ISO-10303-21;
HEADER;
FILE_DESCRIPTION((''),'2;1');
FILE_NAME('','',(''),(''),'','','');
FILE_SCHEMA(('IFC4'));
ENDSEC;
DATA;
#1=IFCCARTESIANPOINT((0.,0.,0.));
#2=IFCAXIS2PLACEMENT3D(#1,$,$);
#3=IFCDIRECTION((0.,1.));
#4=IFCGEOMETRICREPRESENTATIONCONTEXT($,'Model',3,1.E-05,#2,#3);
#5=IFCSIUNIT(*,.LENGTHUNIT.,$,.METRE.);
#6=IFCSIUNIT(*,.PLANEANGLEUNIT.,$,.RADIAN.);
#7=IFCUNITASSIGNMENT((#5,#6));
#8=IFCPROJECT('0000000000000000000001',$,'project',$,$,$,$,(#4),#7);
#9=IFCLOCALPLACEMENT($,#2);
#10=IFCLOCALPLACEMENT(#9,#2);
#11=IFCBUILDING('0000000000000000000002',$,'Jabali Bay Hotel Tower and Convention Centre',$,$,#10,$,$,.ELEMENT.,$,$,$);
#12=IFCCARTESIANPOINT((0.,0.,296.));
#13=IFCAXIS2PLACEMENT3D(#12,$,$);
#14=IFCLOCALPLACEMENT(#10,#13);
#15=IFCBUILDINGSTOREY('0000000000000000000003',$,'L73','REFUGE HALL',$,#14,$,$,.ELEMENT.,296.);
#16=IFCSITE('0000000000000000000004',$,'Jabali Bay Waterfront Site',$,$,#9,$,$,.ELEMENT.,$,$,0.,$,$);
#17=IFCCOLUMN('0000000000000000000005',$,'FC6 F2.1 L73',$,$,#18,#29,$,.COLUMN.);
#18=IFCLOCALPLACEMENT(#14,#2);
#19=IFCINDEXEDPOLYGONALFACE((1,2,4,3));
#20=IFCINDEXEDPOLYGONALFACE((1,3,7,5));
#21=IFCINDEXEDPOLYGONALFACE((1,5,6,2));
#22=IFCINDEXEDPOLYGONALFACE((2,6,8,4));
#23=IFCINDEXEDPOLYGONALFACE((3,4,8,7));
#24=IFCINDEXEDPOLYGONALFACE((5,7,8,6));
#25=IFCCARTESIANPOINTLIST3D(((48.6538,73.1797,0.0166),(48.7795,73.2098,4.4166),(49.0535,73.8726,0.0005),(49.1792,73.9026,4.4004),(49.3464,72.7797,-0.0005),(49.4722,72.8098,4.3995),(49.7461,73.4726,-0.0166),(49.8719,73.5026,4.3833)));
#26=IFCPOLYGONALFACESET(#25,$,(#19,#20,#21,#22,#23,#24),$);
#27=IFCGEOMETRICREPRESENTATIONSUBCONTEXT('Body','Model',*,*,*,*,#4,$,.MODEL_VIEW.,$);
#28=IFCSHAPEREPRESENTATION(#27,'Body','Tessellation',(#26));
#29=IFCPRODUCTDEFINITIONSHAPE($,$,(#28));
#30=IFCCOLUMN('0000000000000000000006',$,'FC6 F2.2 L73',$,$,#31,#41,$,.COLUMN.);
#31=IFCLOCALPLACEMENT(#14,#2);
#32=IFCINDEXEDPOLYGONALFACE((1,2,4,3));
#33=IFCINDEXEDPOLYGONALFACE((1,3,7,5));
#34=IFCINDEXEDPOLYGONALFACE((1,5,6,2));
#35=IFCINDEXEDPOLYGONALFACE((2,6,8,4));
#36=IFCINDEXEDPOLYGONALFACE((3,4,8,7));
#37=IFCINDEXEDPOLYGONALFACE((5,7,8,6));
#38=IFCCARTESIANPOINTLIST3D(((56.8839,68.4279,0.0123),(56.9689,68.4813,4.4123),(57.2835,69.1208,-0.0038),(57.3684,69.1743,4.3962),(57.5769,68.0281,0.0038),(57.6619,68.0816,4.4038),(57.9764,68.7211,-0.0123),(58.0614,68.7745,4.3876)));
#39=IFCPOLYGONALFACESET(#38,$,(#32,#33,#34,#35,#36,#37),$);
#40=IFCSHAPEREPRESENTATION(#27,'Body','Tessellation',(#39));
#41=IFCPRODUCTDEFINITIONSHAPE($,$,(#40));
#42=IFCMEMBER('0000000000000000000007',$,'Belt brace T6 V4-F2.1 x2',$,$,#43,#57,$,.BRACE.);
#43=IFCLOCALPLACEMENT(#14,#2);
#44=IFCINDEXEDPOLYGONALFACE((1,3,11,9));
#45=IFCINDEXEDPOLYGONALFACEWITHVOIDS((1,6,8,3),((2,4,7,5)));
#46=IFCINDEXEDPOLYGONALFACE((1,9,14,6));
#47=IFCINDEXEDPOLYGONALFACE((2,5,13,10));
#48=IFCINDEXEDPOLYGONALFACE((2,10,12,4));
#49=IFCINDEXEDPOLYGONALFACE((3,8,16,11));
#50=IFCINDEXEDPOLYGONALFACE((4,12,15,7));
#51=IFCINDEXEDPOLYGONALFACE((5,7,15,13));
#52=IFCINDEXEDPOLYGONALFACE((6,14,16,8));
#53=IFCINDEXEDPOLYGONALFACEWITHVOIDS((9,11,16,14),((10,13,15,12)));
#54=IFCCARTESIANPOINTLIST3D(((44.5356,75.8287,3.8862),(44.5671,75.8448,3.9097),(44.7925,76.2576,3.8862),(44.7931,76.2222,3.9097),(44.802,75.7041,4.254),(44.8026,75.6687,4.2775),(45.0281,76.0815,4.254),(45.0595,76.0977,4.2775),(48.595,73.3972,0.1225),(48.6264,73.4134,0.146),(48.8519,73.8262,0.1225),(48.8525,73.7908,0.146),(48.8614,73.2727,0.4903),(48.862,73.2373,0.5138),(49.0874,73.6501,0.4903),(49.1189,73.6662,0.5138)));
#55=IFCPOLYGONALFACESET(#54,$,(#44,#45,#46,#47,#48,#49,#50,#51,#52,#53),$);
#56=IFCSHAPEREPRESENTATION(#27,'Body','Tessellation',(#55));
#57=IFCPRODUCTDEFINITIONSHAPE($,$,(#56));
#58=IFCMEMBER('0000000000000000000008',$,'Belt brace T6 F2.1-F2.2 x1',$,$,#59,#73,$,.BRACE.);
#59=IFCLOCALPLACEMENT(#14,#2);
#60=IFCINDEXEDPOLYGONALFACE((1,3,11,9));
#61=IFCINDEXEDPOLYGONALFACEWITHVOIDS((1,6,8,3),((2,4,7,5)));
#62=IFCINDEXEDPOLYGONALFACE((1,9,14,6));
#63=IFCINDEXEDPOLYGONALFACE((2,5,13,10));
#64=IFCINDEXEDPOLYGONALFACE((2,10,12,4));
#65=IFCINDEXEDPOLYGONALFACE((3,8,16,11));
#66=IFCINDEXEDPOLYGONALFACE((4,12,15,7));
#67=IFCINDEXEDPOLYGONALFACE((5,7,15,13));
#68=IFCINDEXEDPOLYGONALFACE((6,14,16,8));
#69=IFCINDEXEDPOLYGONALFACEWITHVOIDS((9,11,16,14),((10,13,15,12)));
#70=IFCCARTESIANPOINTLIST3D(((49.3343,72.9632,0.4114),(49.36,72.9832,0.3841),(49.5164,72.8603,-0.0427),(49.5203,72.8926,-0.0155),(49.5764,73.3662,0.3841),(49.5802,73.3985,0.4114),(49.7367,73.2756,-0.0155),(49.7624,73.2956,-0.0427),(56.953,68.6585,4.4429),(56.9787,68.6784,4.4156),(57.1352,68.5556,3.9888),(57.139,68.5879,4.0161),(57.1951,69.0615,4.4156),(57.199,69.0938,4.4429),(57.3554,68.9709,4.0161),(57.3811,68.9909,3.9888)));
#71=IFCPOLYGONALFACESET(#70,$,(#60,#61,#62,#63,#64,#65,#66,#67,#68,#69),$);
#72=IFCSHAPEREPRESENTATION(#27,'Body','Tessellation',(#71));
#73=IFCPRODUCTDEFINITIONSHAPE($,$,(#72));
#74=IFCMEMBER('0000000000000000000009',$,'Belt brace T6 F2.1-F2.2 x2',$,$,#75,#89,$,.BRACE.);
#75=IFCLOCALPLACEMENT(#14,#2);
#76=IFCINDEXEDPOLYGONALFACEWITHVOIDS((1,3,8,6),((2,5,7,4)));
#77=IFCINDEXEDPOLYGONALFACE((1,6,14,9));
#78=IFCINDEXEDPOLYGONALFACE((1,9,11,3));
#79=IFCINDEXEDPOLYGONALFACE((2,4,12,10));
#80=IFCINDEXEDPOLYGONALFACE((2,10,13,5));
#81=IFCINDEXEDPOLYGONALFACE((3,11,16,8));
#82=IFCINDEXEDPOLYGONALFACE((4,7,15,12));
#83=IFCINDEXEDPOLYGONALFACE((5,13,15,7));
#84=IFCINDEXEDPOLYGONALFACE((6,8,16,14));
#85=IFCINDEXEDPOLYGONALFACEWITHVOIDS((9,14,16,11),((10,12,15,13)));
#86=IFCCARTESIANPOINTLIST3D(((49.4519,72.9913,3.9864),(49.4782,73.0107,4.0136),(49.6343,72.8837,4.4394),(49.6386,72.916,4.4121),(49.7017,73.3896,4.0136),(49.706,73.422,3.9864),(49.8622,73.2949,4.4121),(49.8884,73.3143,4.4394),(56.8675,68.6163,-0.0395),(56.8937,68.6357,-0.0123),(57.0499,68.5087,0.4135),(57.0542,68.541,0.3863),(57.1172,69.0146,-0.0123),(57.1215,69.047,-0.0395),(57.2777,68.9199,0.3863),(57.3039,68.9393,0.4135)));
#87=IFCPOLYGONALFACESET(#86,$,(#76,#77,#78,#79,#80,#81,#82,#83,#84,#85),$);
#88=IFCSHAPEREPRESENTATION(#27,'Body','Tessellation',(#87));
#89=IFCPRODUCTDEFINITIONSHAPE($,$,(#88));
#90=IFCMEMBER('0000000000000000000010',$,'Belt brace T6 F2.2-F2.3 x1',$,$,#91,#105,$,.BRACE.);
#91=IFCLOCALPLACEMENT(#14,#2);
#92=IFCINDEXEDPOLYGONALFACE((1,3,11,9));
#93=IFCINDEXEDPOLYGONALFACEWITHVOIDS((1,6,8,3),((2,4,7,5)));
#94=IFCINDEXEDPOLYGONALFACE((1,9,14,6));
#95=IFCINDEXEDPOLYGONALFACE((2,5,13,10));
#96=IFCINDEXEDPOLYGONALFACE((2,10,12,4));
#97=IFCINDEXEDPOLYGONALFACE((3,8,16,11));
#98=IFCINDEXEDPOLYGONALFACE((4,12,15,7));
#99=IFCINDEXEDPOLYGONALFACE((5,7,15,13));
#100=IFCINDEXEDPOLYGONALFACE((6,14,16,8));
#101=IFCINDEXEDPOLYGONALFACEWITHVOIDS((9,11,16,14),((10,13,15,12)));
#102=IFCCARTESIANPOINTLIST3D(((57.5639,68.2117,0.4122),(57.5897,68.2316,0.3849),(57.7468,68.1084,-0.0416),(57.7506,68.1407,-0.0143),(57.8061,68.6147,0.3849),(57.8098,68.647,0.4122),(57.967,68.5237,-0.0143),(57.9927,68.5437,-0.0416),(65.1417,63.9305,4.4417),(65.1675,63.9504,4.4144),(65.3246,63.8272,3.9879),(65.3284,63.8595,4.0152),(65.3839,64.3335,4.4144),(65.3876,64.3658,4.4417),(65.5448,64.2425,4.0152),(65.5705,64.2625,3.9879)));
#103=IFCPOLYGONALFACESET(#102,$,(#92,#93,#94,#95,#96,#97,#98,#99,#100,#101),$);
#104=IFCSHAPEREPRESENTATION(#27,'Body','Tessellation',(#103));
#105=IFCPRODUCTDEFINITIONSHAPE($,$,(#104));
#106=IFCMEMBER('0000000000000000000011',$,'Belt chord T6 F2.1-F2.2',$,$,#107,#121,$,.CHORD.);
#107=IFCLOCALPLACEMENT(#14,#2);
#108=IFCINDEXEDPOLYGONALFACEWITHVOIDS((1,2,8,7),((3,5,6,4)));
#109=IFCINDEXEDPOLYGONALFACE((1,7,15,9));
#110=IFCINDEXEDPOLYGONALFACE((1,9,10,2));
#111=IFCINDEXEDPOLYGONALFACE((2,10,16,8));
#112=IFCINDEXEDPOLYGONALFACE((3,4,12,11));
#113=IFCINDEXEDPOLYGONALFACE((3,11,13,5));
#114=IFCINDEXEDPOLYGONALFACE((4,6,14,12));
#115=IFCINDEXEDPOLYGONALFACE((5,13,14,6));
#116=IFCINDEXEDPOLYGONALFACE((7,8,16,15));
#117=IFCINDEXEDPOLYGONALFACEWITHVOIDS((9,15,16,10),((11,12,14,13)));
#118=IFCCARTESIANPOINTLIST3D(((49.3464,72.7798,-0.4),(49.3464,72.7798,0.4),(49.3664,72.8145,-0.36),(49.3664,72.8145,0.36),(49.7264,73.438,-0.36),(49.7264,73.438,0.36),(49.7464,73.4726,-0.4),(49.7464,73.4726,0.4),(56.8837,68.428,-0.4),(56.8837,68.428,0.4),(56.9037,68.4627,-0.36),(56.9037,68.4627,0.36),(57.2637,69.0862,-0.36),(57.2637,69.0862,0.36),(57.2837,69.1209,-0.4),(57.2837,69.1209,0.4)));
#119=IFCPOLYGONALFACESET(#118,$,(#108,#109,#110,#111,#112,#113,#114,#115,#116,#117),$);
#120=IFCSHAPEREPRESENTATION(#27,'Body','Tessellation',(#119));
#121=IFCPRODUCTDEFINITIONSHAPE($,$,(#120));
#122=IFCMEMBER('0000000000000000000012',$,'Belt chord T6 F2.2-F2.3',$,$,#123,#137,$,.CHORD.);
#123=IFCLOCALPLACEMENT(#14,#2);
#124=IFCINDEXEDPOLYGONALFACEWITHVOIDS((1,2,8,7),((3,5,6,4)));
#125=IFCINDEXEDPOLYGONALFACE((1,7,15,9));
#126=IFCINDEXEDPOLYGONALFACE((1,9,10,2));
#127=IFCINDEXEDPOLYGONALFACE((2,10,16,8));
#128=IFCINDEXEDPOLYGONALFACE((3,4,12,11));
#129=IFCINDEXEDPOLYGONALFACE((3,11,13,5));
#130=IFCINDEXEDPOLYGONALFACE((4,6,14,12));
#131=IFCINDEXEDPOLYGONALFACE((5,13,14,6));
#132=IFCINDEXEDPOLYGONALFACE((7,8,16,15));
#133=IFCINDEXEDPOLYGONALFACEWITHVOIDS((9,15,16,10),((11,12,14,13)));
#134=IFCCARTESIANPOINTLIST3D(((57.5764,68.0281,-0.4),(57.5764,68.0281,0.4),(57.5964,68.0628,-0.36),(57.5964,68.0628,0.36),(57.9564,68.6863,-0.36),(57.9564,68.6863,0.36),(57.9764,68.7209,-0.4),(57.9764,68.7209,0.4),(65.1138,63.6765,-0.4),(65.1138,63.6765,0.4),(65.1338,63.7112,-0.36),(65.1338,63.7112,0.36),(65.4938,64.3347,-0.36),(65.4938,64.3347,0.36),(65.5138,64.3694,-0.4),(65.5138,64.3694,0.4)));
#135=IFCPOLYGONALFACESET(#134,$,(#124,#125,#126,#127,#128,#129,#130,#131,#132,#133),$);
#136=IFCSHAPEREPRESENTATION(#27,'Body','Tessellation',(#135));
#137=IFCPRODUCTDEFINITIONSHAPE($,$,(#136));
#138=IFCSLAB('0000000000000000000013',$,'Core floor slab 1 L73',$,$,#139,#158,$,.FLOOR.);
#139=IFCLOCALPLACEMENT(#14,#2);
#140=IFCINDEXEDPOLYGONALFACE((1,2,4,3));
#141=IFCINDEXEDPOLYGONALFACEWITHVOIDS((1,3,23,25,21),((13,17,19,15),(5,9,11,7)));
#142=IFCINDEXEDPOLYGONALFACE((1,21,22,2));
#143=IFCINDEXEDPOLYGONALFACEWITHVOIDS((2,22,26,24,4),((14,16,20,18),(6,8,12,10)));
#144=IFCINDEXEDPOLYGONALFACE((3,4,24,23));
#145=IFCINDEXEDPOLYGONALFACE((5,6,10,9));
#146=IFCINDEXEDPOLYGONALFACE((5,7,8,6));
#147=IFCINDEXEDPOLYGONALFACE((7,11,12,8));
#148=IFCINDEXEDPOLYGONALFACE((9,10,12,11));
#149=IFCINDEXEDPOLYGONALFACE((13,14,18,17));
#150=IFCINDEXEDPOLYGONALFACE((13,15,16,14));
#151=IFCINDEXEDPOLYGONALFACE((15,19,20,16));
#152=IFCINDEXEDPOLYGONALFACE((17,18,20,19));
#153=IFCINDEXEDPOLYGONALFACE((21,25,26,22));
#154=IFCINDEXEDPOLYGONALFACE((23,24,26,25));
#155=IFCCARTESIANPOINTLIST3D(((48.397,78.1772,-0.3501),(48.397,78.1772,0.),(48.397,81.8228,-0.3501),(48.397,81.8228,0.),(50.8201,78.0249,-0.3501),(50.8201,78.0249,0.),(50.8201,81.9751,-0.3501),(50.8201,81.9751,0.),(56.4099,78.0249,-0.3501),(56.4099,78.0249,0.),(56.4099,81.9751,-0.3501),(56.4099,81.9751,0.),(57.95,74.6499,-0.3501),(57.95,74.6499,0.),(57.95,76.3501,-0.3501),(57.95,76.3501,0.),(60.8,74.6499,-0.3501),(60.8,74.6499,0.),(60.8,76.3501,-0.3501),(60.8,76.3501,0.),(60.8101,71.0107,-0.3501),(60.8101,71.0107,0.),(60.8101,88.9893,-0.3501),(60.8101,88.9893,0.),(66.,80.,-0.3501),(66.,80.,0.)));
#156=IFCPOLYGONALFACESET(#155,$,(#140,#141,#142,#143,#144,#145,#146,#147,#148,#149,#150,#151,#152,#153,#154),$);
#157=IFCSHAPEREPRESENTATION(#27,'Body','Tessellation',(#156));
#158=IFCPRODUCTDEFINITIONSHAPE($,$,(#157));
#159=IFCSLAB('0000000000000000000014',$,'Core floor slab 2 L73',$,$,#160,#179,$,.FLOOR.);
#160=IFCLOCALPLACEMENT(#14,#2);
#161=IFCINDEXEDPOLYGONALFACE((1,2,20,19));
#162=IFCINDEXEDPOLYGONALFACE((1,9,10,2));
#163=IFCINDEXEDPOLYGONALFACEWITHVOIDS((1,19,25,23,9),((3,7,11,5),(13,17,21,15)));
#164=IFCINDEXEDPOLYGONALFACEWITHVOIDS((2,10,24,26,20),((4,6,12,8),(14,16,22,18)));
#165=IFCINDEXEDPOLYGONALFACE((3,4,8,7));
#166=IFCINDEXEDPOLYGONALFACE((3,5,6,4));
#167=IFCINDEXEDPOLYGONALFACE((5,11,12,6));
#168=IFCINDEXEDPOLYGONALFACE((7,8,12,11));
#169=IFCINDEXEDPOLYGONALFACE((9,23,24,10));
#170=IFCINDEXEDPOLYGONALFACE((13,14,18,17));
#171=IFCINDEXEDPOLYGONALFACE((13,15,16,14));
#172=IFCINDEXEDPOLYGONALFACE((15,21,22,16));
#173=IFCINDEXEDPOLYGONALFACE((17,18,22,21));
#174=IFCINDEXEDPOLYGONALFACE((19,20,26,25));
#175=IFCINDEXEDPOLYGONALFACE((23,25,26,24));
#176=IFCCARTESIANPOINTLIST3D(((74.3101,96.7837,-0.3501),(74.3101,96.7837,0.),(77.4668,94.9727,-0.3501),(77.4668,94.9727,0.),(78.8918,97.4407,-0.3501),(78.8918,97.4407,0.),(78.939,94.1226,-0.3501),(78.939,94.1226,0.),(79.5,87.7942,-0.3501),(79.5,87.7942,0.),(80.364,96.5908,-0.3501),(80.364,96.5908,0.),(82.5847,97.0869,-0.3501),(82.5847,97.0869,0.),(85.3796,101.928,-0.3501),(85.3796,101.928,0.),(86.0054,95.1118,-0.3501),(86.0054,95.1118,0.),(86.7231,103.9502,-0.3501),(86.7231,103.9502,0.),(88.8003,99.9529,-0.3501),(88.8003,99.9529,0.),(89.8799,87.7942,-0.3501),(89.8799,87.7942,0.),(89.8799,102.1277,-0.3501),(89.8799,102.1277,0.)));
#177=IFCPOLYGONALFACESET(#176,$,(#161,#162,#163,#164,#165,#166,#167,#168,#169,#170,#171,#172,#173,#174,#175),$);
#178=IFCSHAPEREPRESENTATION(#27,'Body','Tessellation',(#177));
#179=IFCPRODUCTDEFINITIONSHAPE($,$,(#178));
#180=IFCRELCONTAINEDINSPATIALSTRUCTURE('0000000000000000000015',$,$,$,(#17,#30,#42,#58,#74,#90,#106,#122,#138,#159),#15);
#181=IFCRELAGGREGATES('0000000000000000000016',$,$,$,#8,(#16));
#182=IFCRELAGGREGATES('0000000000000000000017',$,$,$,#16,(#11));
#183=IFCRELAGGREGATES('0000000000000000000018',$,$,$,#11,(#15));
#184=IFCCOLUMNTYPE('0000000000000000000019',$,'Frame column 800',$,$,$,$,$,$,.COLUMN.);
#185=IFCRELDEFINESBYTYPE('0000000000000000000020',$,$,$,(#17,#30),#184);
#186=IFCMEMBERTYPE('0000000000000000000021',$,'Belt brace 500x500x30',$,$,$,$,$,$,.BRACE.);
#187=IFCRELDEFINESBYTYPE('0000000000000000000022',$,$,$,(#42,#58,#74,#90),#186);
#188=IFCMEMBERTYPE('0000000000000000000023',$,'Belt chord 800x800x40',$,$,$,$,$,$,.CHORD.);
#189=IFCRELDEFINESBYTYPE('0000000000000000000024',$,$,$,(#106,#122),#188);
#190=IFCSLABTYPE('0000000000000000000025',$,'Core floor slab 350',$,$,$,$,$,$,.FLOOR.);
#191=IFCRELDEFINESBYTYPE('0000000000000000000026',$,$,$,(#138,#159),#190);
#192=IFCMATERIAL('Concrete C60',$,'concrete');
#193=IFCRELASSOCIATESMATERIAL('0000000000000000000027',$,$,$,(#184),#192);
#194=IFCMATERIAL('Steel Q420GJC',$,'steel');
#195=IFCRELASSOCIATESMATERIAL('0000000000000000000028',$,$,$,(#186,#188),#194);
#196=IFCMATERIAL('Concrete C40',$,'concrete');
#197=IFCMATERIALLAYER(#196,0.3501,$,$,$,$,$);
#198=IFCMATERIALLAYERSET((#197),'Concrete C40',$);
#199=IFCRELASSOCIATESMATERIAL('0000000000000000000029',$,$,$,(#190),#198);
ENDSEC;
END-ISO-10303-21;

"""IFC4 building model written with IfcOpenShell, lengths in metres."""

from ifc_helpers import new_model, si_unit, direction, frame, origin, origin_2d, place, context, subcontext, project, spatial, polyline, rectangle, hollow_rectangle, outline, extrude, material, layer, layer_set, material_profile, profile_set, type_object, element, save


model = new_model("IFC4")

# Units and contexts
model_context = context("Model", 3, precision=1e-05, world=origin(), true_north=direction((0.0, 1.0)))
body_context = subcontext(model_context, "Body", "Model", "MODEL_VIEW")
ifc_project = project(units=[si_unit("LENGTHUNIT", "METRE"), si_unit("PLANEANGLEUNIT", "RADIAN")], contexts=[model_context])

# Site, building, storey
site_placement = place(None, origin())
site = spatial("IfcSite", under=ifc_project, at=site_placement, Name="Jabali Bay Waterfront Site", CompositionType="ELEMENT", RefElevation=0.0)
building_placement = place(site_placement, origin())
building = spatial("IfcBuilding", under=site, at=building_placement, Name="Jabali Bay Hotel Tower and Convention Centre", CompositionType="ELEMENT")
storey_placement = place(building_placement, frame((0.0, 0.0, 296.0)))
storey = spatial("IfcBuildingStorey", under=building, at=storey_placement, Name="L73", Description="REFUGE HALL", CompositionType="ELEMENT", Elevation=296.0)

# Columns
ifc_material_1 = material(Name="Concrete C60", Category="concrete")
ifc_material_profile_1 = material_profile(ifc_material_1, rectangle(XDim=0.8, YDim=0.8, at=origin_2d()), Name="Frame column 800")
ifc_profile_set_1 = profile_set([ifc_material_profile_1], Name="Concrete C60")
column_type = type_object("IfcColumnType", Name="Frame column 800", PredefinedType="COLUMN", material=ifc_profile_set_1)
column_1_placement = place(storey_placement, frame((49.2, 73.3262, 0.0), z_axis=(0.028564, 0.006822, 0.999569), x_axis=(-0.865776, 0.499977, 0.021328)))
element("IfcColumn", 1, at=column_1_placement, inside=storey, type_object=column_type, Name="FC6 F2.1 L73", PredefinedType="COLUMN", context=body_context, shape_type="SweptSolid", body=[
    extrude(rectangle(XDim=0.8, YDim=0.8, at=origin_2d()), origin(), (0.0, 0.0, 1.0), 4.4019),
])
column_2_placement = place(storey_placement, frame((57.4302, 68.5745, 0.0), z_axis=(0.019305, 0.012149, 0.99974), x_axis=(-0.866164, 0.499646, 0.010654)))
element("IfcColumn", 2, at=column_2_placement, inside=storey, type_object=column_type, Name="FC6 F2.2 L73", PredefinedType="COLUMN", context=body_context, shape_type="SweptSolid", body=[
    extrude(rectangle(XDim=0.8, YDim=0.8, at=origin_2d()), origin(), (0.0, 0.0, 1.0), 4.4011),
])

# Members
ifc_material_2 = material(Name="Steel Q420GJC", Category="steel")
ifc_material_profile_2 = material_profile(ifc_material_2, hollow_rectangle(XDim=0.5, YDim=0.5, WallThickness=0.03, at=origin_2d()), Name="Belt brace 500x500x30")
ifc_profile_set_2 = profile_set([ifc_material_profile_2], Name="Steel Q420GJC")
member_type_1 = type_object("IfcMemberType", Name="Belt brace 500x500x30", PredefinedType="BRACE", material=ifc_profile_set_2)
member_1_placement = place(storey_placement, frame((48.8569, 73.5317, 0.3181), z_axis=(-0.671398, 0.402144, 0.622498), x_axis=(-0.513843, -0.857884, 0.0)))
element("IfcMember", 3, at=member_1_placement, inside=storey, type_object=member_type_1, Name="Belt brace T6 V4-F2.1 x2", PredefinedType="BRACE", context=body_context, shape_type="SweptSolid", body=[
    extrude(hollow_rectangle(XDim=0.5, YDim=0.5, WallThickness=0.03, at=origin_2d()), origin(), (0.0, 0.0, 1.0), 6.0461),
])
member_2_placement = place(storey_placement, frame((49.5483, 73.1294, 0.1843), z_axis=(0.790753, -0.446791, 0.418436), x_axis=(0.491927, 0.870637, 0.0)))
element("IfcMember", 4, at=member_2_placement, inside=storey, type_object=member_type_1, Name="Belt brace T6 F2.1-F2.2 x1", PredefinedType="BRACE", context=body_context, shape_type="SweptSolid", body=[
    extrude(hollow_rectangle(XDim=0.5, YDim=0.5, WallThickness=0.03, at=origin_2d()), origin(), (0.0, 0.0, 1.0), 9.6348),
])
member_3_placement = place(storey_placement, frame((57.0857, 68.7778, 0.187), z_axis=(-0.7802, 0.460301, 0.423569), x_axis=(-0.508135, -0.861277, 0.0)))
element("IfcMember", 5, at=member_3_placement, inside=storey, type_object=member_type_1, Name="Belt brace T6 F2.1-F2.2 x2", PredefinedType="BRACE", context=body_context, shape_type="SweptSolid", body=[
    extrude(hollow_rectangle(XDim=0.5, YDim=0.5, WallThickness=0.03, at=origin_2d()), origin(), (0.0, 0.0, 1.0), 9.5046),
])
member_4_placement = place(storey_placement, frame((57.7783, 68.3777, 0.1853), z_axis=(0.790089, -0.446374, 0.42013), x_axis=(0.491892, 0.870656, 0.0)))
element("IfcMember", 6, at=member_4_placement, inside=storey, type_object=member_type_1, Name="Belt brace T6 F2.2-F2.3 x1", PredefinedType="BRACE", context=body_context, shape_type="SweptSolid", body=[
    extrude(hollow_rectangle(XDim=0.5, YDim=0.5, WallThickness=0.03, at=origin_2d()), origin(), (0.0, 0.0, 1.0), 9.5911),
])
ifc_material_profile_3 = material_profile(ifc_material_2, hollow_rectangle(XDim=0.8, YDim=0.8, WallThickness=0.04, at=origin_2d()), Name="Belt chord 800x800x40")
ifc_profile_set_3 = profile_set([ifc_material_profile_3], Name="Steel Q420GJC")
member_type_2 = type_object("IfcMemberType", Name="Belt chord 800x800x40", PredefinedType="CHORD", material=ifc_profile_set_3)
for number, where, z_axis, x_axis, name in (
    (7, (49.5464, 73.1262, 0.0), (0.86602, -0.50001, 0.0), (0.50001, 0.86602, 0.0), "Belt chord T6 F2.1-F2.2"),
    (8, (57.7764, 68.3745, 0.0), (0.866032, -0.499989, 0.0), (0.499989, 0.866032, 0.0), "Belt chord T6 F2.2-F2.3"),
):
    element("IfcMember", number, at=place(storey_placement, frame(where, z_axis=z_axis, x_axis=x_axis)), inside=storey, type_object=member_type_2, Name=name, PredefinedType="CHORD", context=body_context, shape_type="SweptSolid", body=[
        extrude(hollow_rectangle(XDim=0.8, YDim=0.8, WallThickness=0.04, at=origin_2d()), origin(), (0.0, 0.0, 1.0), 8.7034),
    ])

# Slabs
ifc_material_3 = material(Name="Concrete C40", Category="concrete")
ifc_layer_1 = layer(ifc_material_3, 0.3501)
ifc_layer_set_1 = layer_set([ifc_layer_1], Name="Concrete C40")
slab_type_1 = type_object("IfcSlabType", Name="Core floor slab 350", PredefinedType="FLOOR", material=ifc_layer_set_1)
slab_1_placement = place(storey_placement, frame((0.0, 0.0, -0.3501)))
element("IfcSlab", 9, at=slab_1_placement, inside=storey, type_object=slab_type_1, Name="Core floor slab 1 L73", PredefinedType="FLOOR", context=body_context, shape_type="SweptSolid", body=[
    extrude(outline(polyline([(66.0, 80.0), (60.8101, 88.9893), (48.397, 81.8228), (48.397, 78.1772), (60.8101, 71.0107), (66.0, 80.0)]), holes=[polyline([(60.8, 76.3501), (57.95, 76.3501), (57.95, 74.6499), (60.8, 74.6499), (60.8, 76.3501)]), polyline([(50.8201, 81.9751), (50.8201, 78.0249), (56.4099, 78.0249), (56.4099, 81.9751), (50.8201, 81.9751)])]), origin(), (0.0, 0.0, 1.0), 0.3501),
])
slab_2_placement = place(storey_placement, frame((0.0, 0.0, -0.3501)))
element("IfcSlab", 10, at=slab_2_placement, inside=storey, type_object=slab_type_1, Name="Core floor slab 2 L73", PredefinedType="FLOOR", context=body_context, shape_type="SweptSolid", body=[
    extrude(outline(polyline([(79.5, 87.7942), (89.8799, 87.7942), (89.8799, 102.1277), (86.7231, 103.9502), (74.3101, 96.7837), (79.5, 87.7942)]), holes=[polyline([(78.939, 94.1226), (80.364, 96.5908), (78.8918, 97.4407), (77.4668, 94.9727), (78.939, 94.1226)]), polyline([(88.8003, 99.9529), (85.3796, 101.928), (82.5847, 97.0869), (86.0054, 95.1118), (88.8003, 99.9529)])]), origin(), (0.0, 0.0, 1.0), 0.3501),
])

save(model, "model.ifc")
